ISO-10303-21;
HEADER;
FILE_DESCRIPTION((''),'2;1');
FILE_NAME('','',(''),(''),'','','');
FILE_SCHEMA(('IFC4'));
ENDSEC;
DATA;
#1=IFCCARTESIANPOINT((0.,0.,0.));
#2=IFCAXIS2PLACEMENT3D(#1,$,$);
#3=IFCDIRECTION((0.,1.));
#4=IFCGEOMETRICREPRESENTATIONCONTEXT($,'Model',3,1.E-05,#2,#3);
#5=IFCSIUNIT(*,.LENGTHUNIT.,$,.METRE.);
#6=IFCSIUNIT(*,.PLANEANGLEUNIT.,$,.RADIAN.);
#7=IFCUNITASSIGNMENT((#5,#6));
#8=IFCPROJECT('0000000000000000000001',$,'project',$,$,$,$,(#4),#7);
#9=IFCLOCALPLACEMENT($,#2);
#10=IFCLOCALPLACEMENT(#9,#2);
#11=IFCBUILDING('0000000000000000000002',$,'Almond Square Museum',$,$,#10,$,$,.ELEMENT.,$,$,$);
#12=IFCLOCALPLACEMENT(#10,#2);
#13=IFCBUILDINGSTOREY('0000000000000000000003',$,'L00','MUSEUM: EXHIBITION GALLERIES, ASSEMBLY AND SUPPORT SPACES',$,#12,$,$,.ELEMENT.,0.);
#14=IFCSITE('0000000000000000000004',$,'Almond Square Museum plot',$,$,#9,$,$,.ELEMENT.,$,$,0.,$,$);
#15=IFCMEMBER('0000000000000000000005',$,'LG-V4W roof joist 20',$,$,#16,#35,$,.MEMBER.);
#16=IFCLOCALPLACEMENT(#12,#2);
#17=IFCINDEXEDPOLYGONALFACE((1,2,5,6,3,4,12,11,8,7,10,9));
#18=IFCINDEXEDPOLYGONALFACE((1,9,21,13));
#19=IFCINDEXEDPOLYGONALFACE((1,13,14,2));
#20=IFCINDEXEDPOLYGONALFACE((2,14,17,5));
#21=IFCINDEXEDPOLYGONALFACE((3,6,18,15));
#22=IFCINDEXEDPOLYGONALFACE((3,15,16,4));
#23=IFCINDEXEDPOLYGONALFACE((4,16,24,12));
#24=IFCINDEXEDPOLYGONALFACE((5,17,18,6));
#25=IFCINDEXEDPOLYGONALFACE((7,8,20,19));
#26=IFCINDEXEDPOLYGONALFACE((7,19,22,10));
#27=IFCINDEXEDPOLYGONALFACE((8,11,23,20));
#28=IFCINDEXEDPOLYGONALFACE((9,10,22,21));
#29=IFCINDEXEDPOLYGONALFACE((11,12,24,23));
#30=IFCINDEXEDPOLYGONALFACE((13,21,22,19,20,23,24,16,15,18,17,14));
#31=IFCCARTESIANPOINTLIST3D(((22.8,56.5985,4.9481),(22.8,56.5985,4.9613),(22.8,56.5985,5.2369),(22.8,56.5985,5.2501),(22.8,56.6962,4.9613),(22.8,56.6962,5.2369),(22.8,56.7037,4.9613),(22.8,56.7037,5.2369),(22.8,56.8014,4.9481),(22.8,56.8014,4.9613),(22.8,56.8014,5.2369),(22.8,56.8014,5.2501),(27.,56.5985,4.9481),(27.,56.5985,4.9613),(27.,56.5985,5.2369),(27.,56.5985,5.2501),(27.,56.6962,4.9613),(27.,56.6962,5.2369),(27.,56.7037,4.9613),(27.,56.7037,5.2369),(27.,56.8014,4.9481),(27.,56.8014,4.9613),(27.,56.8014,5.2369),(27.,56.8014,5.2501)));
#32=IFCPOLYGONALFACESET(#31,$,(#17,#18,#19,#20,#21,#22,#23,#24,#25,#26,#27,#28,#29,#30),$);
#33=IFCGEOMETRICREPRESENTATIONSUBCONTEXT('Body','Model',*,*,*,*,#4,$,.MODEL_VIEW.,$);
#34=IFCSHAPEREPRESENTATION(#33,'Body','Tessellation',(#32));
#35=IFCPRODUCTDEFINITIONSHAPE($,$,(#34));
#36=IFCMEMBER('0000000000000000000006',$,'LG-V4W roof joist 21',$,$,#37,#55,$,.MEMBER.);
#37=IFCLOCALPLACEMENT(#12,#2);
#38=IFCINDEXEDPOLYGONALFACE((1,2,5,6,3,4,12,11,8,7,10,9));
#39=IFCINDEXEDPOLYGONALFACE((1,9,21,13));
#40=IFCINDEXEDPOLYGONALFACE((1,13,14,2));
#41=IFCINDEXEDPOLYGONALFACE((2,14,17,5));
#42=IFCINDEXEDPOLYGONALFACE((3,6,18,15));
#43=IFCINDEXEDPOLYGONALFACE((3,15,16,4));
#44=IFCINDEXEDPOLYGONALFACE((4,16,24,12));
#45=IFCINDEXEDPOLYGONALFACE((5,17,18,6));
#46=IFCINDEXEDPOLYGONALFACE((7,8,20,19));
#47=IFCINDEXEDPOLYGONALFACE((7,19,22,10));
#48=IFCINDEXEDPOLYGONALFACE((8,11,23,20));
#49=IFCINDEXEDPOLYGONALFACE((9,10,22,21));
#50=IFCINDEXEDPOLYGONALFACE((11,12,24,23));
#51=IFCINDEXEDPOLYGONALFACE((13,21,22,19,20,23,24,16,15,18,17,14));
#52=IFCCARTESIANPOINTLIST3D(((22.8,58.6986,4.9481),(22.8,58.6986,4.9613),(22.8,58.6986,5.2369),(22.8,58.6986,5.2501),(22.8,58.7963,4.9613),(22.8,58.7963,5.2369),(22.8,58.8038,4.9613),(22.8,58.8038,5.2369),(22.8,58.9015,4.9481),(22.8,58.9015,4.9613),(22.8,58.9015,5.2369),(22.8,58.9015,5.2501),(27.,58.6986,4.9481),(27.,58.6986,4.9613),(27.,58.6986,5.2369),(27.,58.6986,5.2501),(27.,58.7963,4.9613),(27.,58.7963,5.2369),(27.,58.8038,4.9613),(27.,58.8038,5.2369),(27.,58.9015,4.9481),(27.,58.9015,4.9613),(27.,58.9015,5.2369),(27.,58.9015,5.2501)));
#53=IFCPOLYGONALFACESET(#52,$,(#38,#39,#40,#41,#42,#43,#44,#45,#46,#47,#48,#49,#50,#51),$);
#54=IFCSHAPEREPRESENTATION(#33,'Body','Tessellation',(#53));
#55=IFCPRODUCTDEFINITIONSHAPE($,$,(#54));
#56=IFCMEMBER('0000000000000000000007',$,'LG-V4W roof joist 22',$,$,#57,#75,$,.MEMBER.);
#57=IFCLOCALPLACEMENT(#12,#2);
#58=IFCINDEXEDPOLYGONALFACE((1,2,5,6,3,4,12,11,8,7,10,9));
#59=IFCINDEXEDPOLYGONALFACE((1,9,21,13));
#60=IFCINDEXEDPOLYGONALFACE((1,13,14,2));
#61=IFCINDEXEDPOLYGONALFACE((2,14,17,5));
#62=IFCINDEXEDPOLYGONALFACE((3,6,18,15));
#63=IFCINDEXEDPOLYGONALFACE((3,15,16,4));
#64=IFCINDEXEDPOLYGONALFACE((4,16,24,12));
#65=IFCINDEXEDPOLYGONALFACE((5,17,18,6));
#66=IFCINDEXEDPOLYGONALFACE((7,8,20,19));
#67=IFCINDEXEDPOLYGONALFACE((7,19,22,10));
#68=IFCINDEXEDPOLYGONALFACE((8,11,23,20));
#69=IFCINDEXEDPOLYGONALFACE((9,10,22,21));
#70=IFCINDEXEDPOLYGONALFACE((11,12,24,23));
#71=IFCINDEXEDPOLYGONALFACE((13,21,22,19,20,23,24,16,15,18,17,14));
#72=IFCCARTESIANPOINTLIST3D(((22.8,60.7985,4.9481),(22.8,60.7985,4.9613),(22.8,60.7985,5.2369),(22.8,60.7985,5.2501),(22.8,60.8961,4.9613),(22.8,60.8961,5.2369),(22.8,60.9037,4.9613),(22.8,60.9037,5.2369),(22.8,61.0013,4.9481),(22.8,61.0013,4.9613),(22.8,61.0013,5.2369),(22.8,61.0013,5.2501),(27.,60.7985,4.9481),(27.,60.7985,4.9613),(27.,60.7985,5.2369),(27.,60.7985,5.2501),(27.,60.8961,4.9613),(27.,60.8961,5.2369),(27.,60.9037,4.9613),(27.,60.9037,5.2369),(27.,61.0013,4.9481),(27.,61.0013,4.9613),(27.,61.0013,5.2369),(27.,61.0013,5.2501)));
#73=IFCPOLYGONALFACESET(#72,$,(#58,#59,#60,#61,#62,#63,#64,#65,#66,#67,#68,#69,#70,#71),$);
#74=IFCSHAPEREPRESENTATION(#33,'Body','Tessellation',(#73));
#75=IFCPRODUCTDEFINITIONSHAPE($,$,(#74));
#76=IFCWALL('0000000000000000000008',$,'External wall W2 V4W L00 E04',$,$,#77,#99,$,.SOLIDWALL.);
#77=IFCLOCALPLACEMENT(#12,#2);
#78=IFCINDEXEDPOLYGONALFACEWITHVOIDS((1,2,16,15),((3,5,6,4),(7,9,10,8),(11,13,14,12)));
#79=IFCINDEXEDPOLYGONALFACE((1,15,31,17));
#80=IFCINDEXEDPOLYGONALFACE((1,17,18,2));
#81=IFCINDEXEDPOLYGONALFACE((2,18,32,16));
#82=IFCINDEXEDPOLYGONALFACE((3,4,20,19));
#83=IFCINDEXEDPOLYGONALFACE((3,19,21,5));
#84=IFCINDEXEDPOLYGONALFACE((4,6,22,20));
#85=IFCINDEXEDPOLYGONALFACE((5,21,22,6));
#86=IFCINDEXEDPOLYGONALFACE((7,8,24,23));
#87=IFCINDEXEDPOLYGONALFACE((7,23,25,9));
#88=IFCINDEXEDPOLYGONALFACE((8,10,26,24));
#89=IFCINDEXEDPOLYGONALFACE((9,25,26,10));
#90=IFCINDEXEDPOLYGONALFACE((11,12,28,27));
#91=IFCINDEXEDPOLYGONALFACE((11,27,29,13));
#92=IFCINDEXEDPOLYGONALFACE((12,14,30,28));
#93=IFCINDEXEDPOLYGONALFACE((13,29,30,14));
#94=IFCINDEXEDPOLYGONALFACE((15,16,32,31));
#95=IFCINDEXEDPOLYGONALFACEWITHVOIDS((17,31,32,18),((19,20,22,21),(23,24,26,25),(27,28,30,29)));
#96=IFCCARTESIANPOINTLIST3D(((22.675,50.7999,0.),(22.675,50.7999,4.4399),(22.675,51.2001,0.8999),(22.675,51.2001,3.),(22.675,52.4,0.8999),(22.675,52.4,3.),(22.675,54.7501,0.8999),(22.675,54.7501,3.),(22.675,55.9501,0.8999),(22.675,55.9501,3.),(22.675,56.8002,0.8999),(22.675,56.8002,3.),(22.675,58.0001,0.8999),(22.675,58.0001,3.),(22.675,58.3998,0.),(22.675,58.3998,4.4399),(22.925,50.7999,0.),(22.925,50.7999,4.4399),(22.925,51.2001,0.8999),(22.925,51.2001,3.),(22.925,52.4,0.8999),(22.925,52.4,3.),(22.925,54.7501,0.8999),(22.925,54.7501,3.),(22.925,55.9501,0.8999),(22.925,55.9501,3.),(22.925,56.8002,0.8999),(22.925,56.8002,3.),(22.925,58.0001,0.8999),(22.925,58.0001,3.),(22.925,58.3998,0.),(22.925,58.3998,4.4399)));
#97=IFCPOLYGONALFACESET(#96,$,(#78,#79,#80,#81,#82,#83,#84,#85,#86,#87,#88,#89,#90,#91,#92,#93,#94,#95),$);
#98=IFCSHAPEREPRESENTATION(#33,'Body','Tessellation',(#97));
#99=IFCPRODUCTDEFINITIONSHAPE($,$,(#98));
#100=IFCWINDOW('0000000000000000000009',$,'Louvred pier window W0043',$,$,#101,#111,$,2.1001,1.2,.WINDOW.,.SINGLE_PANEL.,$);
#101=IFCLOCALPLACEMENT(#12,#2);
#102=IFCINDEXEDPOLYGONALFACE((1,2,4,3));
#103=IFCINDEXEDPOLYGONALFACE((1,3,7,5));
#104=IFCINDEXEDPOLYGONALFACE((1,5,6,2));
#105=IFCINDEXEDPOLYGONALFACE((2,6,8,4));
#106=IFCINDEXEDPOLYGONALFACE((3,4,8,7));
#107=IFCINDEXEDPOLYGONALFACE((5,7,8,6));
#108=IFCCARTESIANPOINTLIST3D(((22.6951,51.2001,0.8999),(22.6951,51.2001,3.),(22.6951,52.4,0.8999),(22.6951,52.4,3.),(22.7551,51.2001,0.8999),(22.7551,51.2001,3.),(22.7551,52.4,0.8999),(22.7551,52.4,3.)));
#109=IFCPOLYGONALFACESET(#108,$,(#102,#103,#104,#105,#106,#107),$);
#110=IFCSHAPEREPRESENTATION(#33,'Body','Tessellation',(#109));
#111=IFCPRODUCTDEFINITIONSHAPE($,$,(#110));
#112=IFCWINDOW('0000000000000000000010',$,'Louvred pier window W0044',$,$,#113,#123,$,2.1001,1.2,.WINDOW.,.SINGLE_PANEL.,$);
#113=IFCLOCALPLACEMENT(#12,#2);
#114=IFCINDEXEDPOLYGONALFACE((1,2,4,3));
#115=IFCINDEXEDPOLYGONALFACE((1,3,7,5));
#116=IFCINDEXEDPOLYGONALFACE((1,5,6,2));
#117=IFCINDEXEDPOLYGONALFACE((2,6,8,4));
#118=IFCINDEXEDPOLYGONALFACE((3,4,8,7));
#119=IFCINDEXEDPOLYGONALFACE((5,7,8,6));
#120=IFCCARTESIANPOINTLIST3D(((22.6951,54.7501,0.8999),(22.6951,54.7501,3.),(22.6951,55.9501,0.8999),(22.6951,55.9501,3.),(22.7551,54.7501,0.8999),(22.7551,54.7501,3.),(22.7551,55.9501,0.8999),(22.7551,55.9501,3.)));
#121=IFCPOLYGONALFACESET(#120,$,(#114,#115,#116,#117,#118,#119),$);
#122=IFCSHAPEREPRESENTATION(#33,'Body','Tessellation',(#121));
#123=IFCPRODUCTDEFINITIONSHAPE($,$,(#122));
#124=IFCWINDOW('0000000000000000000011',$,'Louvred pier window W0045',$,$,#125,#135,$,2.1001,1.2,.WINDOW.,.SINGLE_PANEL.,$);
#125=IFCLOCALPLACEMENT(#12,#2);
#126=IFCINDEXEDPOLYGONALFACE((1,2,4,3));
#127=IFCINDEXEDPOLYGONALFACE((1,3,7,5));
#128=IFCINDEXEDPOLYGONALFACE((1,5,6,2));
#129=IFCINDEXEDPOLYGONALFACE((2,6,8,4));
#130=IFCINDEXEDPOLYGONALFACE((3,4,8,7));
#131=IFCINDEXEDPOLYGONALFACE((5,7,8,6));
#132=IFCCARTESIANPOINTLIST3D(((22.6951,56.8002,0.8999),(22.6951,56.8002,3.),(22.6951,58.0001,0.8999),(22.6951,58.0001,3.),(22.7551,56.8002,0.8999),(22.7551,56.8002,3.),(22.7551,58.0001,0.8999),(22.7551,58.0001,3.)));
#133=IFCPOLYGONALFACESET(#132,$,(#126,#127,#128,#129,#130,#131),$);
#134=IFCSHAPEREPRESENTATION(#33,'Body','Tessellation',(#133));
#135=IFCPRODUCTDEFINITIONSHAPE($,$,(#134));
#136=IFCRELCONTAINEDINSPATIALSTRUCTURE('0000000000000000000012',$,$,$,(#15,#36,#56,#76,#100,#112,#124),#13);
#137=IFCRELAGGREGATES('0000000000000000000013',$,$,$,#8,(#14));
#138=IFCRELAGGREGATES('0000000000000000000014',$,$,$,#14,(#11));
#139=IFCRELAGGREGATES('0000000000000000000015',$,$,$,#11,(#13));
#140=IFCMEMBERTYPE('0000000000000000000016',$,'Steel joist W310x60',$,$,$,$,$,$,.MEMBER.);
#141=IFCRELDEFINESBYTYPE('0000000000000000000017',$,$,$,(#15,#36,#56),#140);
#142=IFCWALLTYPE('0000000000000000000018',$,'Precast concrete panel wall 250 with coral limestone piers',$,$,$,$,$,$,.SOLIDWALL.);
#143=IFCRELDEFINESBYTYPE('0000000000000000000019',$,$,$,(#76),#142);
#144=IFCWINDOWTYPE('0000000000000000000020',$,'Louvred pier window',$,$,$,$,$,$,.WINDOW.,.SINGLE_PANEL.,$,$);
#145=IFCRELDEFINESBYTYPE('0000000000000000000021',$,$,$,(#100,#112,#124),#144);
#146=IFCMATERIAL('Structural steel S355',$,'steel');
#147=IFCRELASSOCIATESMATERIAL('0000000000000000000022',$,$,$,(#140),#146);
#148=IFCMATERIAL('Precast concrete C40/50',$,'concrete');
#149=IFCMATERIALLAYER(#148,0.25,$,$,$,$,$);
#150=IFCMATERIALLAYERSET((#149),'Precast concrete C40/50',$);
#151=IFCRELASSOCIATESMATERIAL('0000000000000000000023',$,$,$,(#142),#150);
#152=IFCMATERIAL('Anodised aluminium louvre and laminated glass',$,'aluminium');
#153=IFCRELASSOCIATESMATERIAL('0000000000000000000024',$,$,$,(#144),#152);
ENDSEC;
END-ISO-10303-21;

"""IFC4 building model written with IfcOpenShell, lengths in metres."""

from ifc_helpers import new_model, si_unit, direction, frame, frame_2d, origin, origin_2d, place, context, subcontext, project, spatial, rectangle, i_section, extrude, material, layer, layer_set, material_profile, profile_set, type_object, element, fill, save


model = new_model("IFC4")

# Units and contexts
model_context = context("Model", 3, precision=1e-05, world=origin(), true_north=direction((0.0, 1.0)))
body_context = subcontext(model_context, "Body", "Model", "MODEL_VIEW")
ifc_project = project(units=[si_unit("LENGTHUNIT", "METRE"), si_unit("PLANEANGLEUNIT", "RADIAN")], contexts=[model_context])

# Site, building, storey
site_placement = place(None, origin())
site = spatial("IfcSite", under=ifc_project, at=site_placement, Name="Almond Square Museum plot", CompositionType="ELEMENT", RefElevation=0.0)
building_placement = place(site_placement, origin())
building = spatial("IfcBuilding", under=site, at=building_placement, Name="Almond Square Museum", CompositionType="ELEMENT")
storey_placement = place(building_placement, origin())
storey = spatial("IfcBuildingStorey", under=building, at=storey_placement, Name="L00", Description="MUSEUM: EXHIBITION GALLERIES, ASSEMBLY AND SUPPORT SPACES", CompositionType="ELEMENT", Elevation=0.0)

# Members
ifc_material_1 = material(Name="Structural steel S355", Category="steel")
ifc_material_profile_1 = material_profile(ifc_material_1, i_section(OverallWidth=0.2029, OverallDepth=0.302, WebThickness=0.0076, FlangeThickness=0.0132, at=origin_2d()))
ifc_profile_set_1 = profile_set([ifc_material_profile_1], Name="Structural steel S355")
member_type = type_object("IfcMemberType", Name="Steel joist W310x60", PredefinedType="MEMBER", material=ifc_profile_set_1)
for number, where, z_axis, x_axis, name in (
    (1, (22.8, 56.7, 5.0991), (1.0, 0.0, 0.0), (0.0, 1.0, 0.0), "LG-V4W roof joist 20"),
    (2, (22.8, 58.8, 5.0991), (1.0, 0.0, 0.0), (0.0, 1.0, 0.0), "LG-V4W roof joist 21"),
    (3, (22.8, 60.8999, 5.0991), (1.0, 0.0, 0.0), (0.0, 1.0, 0.0), "LG-V4W roof joist 22"),
):
    element("IfcMember", number, at=place(storey_placement, frame(where, z_axis=z_axis, x_axis=x_axis)), inside=storey, type_object=member_type, Name=name, PredefinedType="MEMBER", context=body_context, shape_type="SweptSolid", body=[
        extrude(i_section(OverallWidth=0.2029, OverallDepth=0.302, WebThickness=0.0076, FlangeThickness=0.0132, at=origin_2d()), origin(), (0.0, 0.0, 1.0), 4.2),
    ])

# Wall, openings, windows
ifc_material_2 = material(Name="Precast concrete C40/50", Category="concrete")
ifc_layer = layer(ifc_material_2, 0.25)
ifc_layer_set = layer_set([ifc_layer], Name="Precast concrete C40/50")
wall_type = type_object("IfcWallType", Name="Precast concrete panel wall 250 with coral limestone piers", PredefinedType="SOLIDWALL", material=ifc_layer_set)
wall_1_placement = place(storey_placement, frame((22.8, 50.8, 0.0), z_axis=(0.0, 0.0, 1.0), x_axis=(0.0, 1.0, 0.0)))
wall_1 = element("IfcWall", 4, at=wall_1_placement, inside=storey, type_object=wall_type, Name="External wall W2 V4W L00 E04", PredefinedType="SOLIDWALL", context=body_context, shape_type="SweptSolid", body=[
    extrude(rectangle(XDim=7.5999, YDim=0.25, at=frame_2d((3.7998, 0.0))), origin(), (0.0, 0.0, 1.0), 4.4399),
])
opening_1_placement = place(wall_1_placement, frame((0.3999, 0.0, 0.8999)))
opening_1 = element("IfcOpeningElement", 5, at=opening_1_placement, cuts=wall_1, PredefinedType="OPENING", context=body_context, shape_type="SweptSolid", body=[
    extrude(rectangle(XDim=1.2, YDim=2.1001, at=frame_2d((0.6001, 1.05))), frame((0.0, 0.135, 0.0), z_axis=(0.0, -1.0, 0.0), x_axis=(1.0, 0.0, 0.0)), (0.0, 0.0, 1.0), 0.27),
])
opening_2_placement = place(wall_1_placement, frame((3.95, 0.0, 0.8999)))
opening_2 = element("IfcOpeningElement", 6, at=opening_2_placement, cuts=wall_1, PredefinedType="OPENING", context=body_context, shape_type="SweptSolid", body=[
    extrude(rectangle(XDim=1.2, YDim=2.1001, at=frame_2d((0.6001, 1.05))), frame((0.0, 0.135, 0.0), z_axis=(0.0, -1.0, 0.0), x_axis=(1.0, 0.0, 0.0)), (0.0, 0.0, 1.0), 0.27),
])
opening_3_placement = place(wall_1_placement, frame((6.0, 0.0, 0.8999)))
opening_3 = element("IfcOpeningElement", 7, at=opening_3_placement, cuts=wall_1, PredefinedType="OPENING", context=body_context, shape_type="SweptSolid", body=[
    extrude(rectangle(XDim=1.2, YDim=2.1001, at=frame_2d((0.6001, 1.05))), frame((0.0, 0.135, 0.0), z_axis=(0.0, -1.0, 0.0), x_axis=(1.0, 0.0, 0.0)), (0.0, 0.0, 1.0), 0.27),
])
ifc_material_3 = material(Name="Anodised aluminium louvre and laminated glass", Category="aluminium")
window_type = type_object("IfcWindowType", Name="Louvred pier window", PartitioningType="SINGLE_PANEL", PredefinedType="WINDOW", material=ifc_material_3)
window_1_placement = place(opening_1_placement, origin())
window_1 = element("IfcWindow", 8, at=window_1_placement, inside=storey, type_object=window_type, Name="Louvred pier window W0043", OverallHeight=2.1001, OverallWidth=1.2, PartitioningType="SINGLE_PANEL", PredefinedType="WINDOW", context=body_context, shape_type="SweptSolid", body=[
    extrude(rectangle(XDim=1.2, YDim=2.1001, at=frame_2d((0.6001, 1.05))), frame((0.0, 0.105, 0.0), z_axis=(0.0, -1.0, 0.0), x_axis=(1.0, 0.0, 0.0)), (0.0, 0.0, 1.0), 0.0601),
])
fill(opening_1, window_1)
window_2_placement = place(opening_2_placement, origin())
window_2 = element("IfcWindow", 9, at=window_2_placement, inside=storey, type_object=window_type, Name="Louvred pier window W0044", OverallHeight=2.1001, OverallWidth=1.2, PartitioningType="SINGLE_PANEL", PredefinedType="WINDOW", context=body_context, shape_type="SweptSolid", body=[
    extrude(rectangle(XDim=1.2, YDim=2.1001, at=frame_2d((0.6001, 1.05))), frame((0.0, 0.105, 0.0), z_axis=(0.0, -1.0, 0.0), x_axis=(1.0, 0.0, 0.0)), (0.0, 0.0, 1.0), 0.0601),
])
fill(opening_2, window_2)
window_3_placement = place(opening_3_placement, origin())
window_3 = element("IfcWindow", 10, at=window_3_placement, inside=storey, type_object=window_type, Name="Louvred pier window W0045", OverallHeight=2.1001, OverallWidth=1.2, PartitioningType="SINGLE_PANEL", PredefinedType="WINDOW", context=body_context, shape_type="SweptSolid", body=[
    extrude(rectangle(XDim=1.2, YDim=2.1001, at=frame_2d((0.6001, 1.05))), frame((0.0, 0.105, 0.0), z_axis=(0.0, -1.0, 0.0), x_axis=(1.0, 0.0, 0.0)), (0.0, 0.0, 1.0), 0.0601),
])
fill(opening_3, window_3)

save(model, "model.ifc")
